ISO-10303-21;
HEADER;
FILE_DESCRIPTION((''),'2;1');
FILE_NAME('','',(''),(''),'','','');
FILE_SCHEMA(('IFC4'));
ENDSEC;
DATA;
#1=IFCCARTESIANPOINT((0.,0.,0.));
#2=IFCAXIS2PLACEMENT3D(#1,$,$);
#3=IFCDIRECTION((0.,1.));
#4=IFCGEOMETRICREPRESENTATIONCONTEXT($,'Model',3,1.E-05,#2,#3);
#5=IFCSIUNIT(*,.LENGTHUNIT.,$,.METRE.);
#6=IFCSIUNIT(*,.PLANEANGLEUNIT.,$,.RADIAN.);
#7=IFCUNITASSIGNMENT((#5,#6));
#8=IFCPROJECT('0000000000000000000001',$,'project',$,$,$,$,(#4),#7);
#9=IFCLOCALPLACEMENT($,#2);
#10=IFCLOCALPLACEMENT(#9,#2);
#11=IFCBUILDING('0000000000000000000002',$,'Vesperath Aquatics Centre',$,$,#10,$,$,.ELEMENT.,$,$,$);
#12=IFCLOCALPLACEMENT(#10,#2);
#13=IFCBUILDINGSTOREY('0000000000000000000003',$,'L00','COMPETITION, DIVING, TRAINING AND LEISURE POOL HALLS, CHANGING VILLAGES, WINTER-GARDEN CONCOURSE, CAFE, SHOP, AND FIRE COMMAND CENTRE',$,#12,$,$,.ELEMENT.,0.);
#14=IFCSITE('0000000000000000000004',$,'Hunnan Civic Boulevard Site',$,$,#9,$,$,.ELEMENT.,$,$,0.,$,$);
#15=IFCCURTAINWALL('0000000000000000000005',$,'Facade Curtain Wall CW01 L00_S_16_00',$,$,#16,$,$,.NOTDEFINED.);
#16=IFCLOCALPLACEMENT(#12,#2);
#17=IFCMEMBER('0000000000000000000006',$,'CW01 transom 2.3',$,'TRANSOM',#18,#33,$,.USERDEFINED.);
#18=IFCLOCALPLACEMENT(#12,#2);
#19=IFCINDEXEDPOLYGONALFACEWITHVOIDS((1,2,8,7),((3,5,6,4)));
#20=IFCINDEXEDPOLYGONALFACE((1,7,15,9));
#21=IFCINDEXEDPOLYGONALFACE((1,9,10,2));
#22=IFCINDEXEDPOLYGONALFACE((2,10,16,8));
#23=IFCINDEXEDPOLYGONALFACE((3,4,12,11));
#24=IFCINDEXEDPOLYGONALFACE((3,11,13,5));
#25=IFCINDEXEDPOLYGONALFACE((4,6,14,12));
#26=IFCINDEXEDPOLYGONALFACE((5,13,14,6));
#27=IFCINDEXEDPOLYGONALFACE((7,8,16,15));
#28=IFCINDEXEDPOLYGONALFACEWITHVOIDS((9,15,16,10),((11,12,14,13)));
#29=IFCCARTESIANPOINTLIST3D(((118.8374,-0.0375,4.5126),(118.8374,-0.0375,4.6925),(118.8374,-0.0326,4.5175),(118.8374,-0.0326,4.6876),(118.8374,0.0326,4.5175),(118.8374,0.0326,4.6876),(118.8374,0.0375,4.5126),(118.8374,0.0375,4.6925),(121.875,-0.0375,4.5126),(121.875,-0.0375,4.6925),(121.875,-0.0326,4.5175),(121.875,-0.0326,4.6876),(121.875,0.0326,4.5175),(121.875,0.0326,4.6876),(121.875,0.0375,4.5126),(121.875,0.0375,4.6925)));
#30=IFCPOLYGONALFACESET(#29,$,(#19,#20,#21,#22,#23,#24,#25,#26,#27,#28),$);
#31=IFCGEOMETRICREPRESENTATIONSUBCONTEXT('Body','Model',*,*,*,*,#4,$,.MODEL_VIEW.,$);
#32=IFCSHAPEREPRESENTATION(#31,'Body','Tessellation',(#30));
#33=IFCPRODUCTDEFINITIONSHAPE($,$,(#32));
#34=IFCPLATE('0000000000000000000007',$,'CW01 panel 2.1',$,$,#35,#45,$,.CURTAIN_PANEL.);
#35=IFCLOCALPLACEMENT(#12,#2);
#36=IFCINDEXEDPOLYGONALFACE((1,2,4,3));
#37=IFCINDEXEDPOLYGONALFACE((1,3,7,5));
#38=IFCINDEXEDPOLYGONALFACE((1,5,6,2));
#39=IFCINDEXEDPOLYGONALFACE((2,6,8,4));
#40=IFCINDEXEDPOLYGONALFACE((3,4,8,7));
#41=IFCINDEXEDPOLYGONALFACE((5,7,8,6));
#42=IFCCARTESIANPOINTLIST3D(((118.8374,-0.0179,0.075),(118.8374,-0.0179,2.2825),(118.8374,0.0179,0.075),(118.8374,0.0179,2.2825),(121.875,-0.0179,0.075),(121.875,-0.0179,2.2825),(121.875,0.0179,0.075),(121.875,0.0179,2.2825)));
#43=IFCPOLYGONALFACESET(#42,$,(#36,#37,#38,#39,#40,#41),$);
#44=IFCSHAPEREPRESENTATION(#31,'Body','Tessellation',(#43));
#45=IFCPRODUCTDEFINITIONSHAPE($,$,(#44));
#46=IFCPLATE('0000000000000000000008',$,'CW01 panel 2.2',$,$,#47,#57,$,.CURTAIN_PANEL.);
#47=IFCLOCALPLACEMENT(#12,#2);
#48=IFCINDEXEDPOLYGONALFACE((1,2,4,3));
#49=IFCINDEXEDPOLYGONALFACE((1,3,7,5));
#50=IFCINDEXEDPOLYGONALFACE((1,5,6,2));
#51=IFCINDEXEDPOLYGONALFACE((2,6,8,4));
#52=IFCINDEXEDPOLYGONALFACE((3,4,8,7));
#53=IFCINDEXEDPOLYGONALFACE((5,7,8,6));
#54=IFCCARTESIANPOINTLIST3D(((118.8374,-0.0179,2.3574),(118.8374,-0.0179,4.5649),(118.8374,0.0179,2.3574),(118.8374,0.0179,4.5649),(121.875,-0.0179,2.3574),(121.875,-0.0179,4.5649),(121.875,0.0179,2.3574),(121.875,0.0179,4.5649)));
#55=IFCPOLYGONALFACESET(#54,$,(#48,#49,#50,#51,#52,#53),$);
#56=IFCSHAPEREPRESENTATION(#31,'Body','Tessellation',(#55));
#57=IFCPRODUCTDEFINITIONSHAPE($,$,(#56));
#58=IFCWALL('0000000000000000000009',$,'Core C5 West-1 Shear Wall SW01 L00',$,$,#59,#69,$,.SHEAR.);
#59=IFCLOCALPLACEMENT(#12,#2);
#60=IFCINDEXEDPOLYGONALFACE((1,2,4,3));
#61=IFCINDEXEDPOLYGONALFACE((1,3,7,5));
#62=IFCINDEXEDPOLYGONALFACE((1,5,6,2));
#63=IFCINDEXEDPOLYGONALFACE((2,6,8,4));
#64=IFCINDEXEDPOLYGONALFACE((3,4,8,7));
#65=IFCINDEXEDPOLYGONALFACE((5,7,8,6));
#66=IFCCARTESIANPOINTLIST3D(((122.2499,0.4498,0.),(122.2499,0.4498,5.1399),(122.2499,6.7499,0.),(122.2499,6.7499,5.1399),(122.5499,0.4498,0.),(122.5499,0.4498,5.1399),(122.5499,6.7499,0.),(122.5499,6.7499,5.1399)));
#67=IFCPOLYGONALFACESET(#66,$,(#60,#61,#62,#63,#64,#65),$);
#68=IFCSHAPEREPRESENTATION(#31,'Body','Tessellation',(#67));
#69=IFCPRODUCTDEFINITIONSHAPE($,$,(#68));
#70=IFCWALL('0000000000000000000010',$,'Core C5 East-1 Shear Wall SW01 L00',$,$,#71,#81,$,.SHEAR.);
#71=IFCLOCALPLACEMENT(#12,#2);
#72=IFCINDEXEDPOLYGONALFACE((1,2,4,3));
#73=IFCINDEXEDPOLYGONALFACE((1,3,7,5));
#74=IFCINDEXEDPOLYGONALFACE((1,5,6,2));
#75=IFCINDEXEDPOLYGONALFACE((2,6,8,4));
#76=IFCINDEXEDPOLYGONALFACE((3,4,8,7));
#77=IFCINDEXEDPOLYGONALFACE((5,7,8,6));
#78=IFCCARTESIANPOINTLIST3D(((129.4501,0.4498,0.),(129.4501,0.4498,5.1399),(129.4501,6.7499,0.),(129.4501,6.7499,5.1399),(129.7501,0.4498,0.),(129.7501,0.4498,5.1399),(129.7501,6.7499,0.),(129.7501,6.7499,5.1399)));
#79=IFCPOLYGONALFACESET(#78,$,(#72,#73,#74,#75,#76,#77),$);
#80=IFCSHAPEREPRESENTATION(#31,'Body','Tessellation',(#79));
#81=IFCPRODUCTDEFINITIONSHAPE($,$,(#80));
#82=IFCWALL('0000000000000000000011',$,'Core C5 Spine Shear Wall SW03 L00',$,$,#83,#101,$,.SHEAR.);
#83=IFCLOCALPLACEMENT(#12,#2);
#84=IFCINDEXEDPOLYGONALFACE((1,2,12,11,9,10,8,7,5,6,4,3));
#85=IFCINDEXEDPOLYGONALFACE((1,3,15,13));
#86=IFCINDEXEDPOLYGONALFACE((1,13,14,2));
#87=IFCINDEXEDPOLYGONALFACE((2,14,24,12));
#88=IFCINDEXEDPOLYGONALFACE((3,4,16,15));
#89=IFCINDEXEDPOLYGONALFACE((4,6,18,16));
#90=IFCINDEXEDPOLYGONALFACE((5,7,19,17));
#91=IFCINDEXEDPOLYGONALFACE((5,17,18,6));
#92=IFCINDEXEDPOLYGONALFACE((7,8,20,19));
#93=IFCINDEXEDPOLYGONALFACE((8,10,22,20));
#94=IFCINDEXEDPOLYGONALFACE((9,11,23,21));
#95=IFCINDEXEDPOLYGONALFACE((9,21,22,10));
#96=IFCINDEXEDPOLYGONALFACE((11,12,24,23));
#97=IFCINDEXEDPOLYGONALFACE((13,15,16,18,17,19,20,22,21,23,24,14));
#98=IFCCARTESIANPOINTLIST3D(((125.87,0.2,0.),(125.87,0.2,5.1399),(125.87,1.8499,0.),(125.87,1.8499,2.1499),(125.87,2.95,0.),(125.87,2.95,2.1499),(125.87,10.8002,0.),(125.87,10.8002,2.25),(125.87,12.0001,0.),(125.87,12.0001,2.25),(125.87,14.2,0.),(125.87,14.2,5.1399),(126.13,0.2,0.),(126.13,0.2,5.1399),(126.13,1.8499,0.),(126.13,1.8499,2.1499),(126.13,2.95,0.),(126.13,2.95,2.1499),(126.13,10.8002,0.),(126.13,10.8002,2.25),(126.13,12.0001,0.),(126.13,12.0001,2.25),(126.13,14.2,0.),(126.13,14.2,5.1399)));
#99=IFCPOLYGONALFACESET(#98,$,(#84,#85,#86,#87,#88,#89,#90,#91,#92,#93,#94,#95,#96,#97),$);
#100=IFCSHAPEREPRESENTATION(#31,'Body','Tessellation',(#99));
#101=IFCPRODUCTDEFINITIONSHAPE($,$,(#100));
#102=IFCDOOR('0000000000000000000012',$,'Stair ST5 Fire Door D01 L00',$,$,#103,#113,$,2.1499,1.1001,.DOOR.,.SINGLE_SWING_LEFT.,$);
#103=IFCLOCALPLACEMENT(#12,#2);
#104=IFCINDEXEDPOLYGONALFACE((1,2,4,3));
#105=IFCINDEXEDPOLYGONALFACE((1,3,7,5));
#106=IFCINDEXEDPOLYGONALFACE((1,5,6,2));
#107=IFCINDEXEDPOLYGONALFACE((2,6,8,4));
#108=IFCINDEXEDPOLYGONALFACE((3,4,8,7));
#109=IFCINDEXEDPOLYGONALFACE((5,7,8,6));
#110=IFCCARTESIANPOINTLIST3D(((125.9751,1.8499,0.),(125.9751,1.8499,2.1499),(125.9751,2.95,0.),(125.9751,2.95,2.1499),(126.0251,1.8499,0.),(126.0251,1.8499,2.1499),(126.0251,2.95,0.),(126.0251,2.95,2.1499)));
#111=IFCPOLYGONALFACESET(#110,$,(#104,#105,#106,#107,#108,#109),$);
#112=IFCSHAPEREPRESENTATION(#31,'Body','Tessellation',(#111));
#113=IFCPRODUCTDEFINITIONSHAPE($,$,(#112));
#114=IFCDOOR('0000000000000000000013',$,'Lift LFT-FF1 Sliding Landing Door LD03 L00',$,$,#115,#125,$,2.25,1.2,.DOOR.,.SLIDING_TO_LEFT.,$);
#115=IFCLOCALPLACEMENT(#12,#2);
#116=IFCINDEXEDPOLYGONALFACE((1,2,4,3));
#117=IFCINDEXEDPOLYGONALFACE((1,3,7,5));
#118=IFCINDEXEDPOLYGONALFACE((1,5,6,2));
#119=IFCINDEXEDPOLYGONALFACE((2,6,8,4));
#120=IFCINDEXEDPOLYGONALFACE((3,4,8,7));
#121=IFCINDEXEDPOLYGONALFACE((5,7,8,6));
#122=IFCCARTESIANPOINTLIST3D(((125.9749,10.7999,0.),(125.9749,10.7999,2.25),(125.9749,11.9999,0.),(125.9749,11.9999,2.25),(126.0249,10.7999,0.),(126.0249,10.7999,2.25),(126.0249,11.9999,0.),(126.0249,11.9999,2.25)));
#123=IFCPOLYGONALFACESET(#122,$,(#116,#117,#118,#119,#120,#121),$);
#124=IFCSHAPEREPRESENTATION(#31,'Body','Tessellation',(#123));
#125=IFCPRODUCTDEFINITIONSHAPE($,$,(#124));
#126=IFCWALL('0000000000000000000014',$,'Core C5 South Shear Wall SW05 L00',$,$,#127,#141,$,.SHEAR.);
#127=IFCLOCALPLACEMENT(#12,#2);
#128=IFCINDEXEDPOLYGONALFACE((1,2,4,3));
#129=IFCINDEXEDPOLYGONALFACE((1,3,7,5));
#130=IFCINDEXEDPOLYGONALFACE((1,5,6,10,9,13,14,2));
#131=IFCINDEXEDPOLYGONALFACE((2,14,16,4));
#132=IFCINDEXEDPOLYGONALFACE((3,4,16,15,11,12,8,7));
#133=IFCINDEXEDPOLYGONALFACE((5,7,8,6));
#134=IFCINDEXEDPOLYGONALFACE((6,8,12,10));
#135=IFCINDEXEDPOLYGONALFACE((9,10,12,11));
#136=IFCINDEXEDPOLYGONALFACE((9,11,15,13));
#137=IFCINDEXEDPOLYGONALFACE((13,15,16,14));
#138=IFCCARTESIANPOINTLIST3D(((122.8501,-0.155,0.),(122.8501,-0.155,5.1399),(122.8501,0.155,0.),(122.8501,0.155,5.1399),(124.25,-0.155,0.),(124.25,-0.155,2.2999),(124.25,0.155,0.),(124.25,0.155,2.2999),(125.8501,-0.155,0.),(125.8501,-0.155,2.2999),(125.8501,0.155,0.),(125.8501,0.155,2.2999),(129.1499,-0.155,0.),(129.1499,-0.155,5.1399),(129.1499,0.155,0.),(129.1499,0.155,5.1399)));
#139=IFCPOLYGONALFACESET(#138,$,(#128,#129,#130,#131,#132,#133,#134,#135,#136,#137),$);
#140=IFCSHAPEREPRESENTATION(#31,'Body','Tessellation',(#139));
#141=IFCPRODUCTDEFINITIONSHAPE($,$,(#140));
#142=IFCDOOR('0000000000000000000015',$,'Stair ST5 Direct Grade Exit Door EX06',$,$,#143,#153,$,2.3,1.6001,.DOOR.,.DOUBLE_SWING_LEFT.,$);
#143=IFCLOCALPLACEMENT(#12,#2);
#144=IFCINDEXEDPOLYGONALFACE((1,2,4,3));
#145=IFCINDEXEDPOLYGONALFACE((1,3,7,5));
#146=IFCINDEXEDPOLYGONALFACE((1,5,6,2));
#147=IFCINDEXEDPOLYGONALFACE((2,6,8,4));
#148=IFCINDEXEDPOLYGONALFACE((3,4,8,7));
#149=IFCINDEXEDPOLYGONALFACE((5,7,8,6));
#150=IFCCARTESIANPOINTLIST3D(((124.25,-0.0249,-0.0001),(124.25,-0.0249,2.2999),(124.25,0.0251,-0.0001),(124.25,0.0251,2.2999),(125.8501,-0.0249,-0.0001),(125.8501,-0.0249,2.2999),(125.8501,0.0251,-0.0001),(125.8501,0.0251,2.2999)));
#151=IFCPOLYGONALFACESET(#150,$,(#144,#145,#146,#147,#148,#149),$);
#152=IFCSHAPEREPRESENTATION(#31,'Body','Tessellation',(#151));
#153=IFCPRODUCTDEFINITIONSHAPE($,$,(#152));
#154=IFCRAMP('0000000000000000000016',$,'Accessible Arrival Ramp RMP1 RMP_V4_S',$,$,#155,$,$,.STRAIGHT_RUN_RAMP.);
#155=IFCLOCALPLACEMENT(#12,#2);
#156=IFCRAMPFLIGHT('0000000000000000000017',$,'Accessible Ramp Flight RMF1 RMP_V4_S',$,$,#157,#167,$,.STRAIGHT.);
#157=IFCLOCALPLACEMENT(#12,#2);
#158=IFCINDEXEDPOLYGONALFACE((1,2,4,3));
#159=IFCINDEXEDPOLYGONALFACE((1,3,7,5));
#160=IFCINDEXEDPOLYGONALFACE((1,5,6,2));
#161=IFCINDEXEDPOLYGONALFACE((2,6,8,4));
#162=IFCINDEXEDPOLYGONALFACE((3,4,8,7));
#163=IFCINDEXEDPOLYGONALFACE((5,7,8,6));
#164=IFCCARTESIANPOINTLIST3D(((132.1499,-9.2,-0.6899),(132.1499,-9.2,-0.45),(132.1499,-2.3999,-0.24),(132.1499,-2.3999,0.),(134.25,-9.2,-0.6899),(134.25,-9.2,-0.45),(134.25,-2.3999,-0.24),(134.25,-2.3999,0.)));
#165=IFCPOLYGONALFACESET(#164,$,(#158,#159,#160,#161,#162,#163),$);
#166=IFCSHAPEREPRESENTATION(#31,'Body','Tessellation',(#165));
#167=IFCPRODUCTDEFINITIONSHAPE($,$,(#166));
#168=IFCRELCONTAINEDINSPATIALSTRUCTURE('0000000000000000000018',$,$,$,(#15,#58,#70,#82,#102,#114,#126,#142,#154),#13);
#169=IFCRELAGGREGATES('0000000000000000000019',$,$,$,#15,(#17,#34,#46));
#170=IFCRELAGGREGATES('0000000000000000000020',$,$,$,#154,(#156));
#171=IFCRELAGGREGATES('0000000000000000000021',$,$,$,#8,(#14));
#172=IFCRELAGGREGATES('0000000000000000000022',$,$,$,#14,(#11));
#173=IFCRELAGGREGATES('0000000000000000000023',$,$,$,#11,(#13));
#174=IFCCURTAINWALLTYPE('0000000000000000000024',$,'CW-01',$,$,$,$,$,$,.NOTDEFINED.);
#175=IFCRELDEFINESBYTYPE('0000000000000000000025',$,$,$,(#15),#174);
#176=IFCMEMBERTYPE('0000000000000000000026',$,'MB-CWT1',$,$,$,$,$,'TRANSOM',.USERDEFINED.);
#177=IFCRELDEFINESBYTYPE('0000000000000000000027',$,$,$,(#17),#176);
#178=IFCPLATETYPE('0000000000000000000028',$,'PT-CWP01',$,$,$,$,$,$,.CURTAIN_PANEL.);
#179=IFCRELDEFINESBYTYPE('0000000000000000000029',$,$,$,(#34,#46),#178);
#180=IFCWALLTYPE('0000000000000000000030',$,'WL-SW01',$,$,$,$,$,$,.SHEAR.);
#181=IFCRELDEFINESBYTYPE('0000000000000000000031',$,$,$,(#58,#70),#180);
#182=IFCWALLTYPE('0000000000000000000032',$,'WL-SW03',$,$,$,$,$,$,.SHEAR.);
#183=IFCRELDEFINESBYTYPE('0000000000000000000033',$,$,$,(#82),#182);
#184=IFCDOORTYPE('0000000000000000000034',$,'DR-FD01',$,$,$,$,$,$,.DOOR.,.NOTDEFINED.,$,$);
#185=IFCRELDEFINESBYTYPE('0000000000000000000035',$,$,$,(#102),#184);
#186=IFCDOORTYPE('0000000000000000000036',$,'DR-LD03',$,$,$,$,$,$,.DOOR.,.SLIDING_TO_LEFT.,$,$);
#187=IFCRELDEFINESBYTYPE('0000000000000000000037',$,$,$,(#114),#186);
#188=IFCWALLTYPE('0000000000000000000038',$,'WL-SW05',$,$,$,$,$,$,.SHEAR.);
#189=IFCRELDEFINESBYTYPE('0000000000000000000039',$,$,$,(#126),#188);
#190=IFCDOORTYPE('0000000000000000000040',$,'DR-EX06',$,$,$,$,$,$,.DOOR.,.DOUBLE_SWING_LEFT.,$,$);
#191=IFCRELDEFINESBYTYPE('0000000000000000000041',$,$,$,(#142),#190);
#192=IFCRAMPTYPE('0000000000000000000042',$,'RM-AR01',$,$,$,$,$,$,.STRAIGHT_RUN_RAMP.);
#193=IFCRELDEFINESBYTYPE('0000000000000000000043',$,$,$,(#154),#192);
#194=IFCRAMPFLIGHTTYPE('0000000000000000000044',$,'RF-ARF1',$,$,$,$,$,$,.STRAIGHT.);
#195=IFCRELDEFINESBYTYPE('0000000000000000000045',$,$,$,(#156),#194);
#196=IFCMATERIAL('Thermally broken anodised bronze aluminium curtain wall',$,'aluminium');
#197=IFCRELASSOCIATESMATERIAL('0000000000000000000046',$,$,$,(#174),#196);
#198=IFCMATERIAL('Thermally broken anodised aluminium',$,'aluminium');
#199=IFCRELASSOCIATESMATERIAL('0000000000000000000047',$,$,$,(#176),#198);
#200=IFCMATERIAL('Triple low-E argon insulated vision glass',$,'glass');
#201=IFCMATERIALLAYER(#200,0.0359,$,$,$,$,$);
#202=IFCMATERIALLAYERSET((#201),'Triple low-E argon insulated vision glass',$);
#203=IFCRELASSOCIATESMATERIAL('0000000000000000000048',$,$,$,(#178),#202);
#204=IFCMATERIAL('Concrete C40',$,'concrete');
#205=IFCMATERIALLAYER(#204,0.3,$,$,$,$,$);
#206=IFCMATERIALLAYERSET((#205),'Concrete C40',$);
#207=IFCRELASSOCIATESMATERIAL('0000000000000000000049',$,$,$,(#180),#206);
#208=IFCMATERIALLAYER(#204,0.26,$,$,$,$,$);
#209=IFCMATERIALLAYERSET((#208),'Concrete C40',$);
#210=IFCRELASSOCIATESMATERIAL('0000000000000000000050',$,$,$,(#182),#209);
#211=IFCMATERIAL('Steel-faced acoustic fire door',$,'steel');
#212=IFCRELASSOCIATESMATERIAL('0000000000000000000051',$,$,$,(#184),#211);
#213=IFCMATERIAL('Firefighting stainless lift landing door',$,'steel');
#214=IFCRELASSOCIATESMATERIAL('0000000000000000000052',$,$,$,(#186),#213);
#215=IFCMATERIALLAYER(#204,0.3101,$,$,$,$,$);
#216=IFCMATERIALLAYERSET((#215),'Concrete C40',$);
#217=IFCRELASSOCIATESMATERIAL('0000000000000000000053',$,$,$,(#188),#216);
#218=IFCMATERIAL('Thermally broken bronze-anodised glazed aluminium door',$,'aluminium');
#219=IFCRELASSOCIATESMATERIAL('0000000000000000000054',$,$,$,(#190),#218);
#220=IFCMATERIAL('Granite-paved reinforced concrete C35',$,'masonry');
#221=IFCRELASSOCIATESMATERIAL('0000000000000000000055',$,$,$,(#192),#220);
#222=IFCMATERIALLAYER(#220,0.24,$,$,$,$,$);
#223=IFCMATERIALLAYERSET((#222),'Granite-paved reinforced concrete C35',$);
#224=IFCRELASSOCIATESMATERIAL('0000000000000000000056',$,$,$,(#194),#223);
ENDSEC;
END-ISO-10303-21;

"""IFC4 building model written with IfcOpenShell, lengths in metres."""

from ifc_helpers import new_model, si_unit, direction, frame, frame_2d, origin, origin_2d, place, context, subcontext, project, spatial, polyline, rectangle, hollow_rectangle, outline, extrude, material, layer, layer_set, material_profile, profile_set, type_object, element, fill, aggregate, save


model = new_model("IFC4")

# Units and contexts
model_context = context("Model", 3, precision=1e-05, world=origin(), true_north=direction((0.0, 1.0)))
body_context = subcontext(model_context, "Body", "Model", "MODEL_VIEW")
ifc_project = project(units=[si_unit("LENGTHUNIT", "METRE"), si_unit("PLANEANGLEUNIT", "RADIAN")], contexts=[model_context])

# Site, building, storey
site_placement = place(None, origin())
site = spatial("IfcSite", under=ifc_project, at=site_placement, Name="Hunnan Civic Boulevard Site", CompositionType="ELEMENT", RefElevation=0.0)
building_placement = place(site_placement, origin())
building = spatial("IfcBuilding", under=site, at=building_placement, Name="Vesperath Aquatics Centre", CompositionType="ELEMENT")
storey_placement = place(building_placement, origin())
storey = spatial("IfcBuildingStorey", under=building, at=storey_placement, Name="L00", Description="COMPETITION, DIVING, TRAINING AND LEISURE POOL HALLS, CHANGING VILLAGES, WINTER-GARDEN CONCOURSE, CAFE, SHOP, AND FIRE COMMAND CENTRE", CompositionType="ELEMENT", Elevation=0.0)

# Shared definitions
ifc_material_1 = material(Name="Concrete C40", Category="concrete")

# Curtain wall, member, plates
ifc_material_2 = material(Name="Thermally broken anodised bronze aluminium curtain wall", Category="aluminium")
curtain_wall_type = type_object("IfcCurtainWallType", Name="CW-01", PredefinedType="NOTDEFINED", material=ifc_material_2)
curtain_wall_placement = place(storey_placement, origin())
curtain_wall = element("IfcCurtainWall", 1, at=curtain_wall_placement, inside=storey, type_object=curtain_wall_type, Name="Facade Curtain Wall CW01 L00_S_16_00", PredefinedType="NOTDEFINED")
ifc_material_3 = material(Name="Thermally broken anodised aluminium", Category="aluminium")
ifc_material_profile_1 = material_profile(ifc_material_3, hollow_rectangle(XDim=0.075, YDim=0.1799, WallThickness=0.0049, at=origin_2d()), Name="CWT 75x180x5")
ifc_profile_set_1 = profile_set([ifc_material_profile_1], Name="Thermally broken anodised aluminium")
member_type_1 = type_object("IfcMemberType", Name="MB-CWT1", ElementType="TRANSOM", PredefinedType="USERDEFINED", material=ifc_profile_set_1)
member_1_placement = place(storey_placement, frame((118.8374, 0.0, 4.6025), z_axis=(1.0, 0.0, 0.0), x_axis=(0.0, 1.0, 0.0)))
member_1 = element("IfcMember", 2, at=member_1_placement, type_object=member_type_1, Name="CW01 transom 2.3", ObjectType="TRANSOM", PredefinedType="USERDEFINED", context=body_context, shape_type="SweptSolid", body=[
    extrude(hollow_rectangle(XDim=0.075, YDim=0.1799, WallThickness=0.0049, at=origin_2d()), origin(), (0.0, 0.0, 1.0), 3.0376),
])
ifc_material_4 = material(Name="Triple low-E argon insulated vision glass", Category="glass")
ifc_layer_1 = layer(ifc_material_4, 0.0359)
ifc_layer_set_1 = layer_set([ifc_layer_1], Name="Triple low-E argon insulated vision glass")
plate_type = type_object("IfcPlateType", Name="PT-CWP01", PredefinedType="CURTAIN_PANEL", material=ifc_layer_set_1)
plate_1_placement = place(storey_placement, frame((120.3562, 0.0, 0.075), z_axis=(0.0, 0.0, 1.0), x_axis=(1.0, 0.0, 0.0)))
plate_1 = element("IfcPlate", 3, at=plate_1_placement, type_object=plate_type, Name="CW01 panel 2.1", PredefinedType="CURTAIN_PANEL", context=body_context, shape_type="SweptSolid", body=[
    extrude(rectangle(XDim=3.0376, YDim=0.0359, at=origin_2d()), origin(), (0.0, 0.0, 1.0), 2.2075),
])
plate_2_placement = place(storey_placement, frame((120.3562, 0.0, 2.3574), z_axis=(0.0, 0.0, 1.0), x_axis=(1.0, 0.0, 0.0)))
plate_2 = element("IfcPlate", 4, at=plate_2_placement, type_object=plate_type, Name="CW01 panel 2.2", PredefinedType="CURTAIN_PANEL", context=body_context, shape_type="SweptSolid", body=[
    extrude(rectangle(XDim=3.0376, YDim=0.0359, at=origin_2d()), origin(), (0.0, 0.0, 1.0), 2.2075),
])
aggregate(curtain_wall, [member_1, plate_1, plate_2])

# Shared definitions
ifc_material_5 = material(Name="Thermally broken bronze-anodised glazed aluminium door", Category="aluminium")

# Walls
ifc_layer_2 = layer(ifc_material_1, 0.3)
ifc_layer_set_2 = layer_set([ifc_layer_2], Name="Concrete C40")
wall_type_1 = type_object("IfcWallType", Name="WL-SW01", PredefinedType="SHEAR", material=ifc_layer_set_2)
for number, where, z_axis, x_axis, name in (
    (5, (122.3999, 0.45, 0.0), (0.0, 0.0, 1.0), (0.0, 1.0, 0.0), "Core C5 West-1 Shear Wall SW01 L00"),
    (6, (129.6001, 0.45, 0.0), (0.0, 0.0, 1.0), (0.0, 1.0, 0.0), "Core C5 East-1 Shear Wall SW01 L00"),
):
    element("IfcWall", number, at=place(storey_placement, frame(where, z_axis=z_axis, x_axis=x_axis)), inside=storey, type_object=wall_type_1, Name=name, PredefinedType="SHEAR", context=body_context, shape_type="SweptSolid", body=[
        extrude(rectangle(XDim=6.3, YDim=0.3, at=frame_2d((3.1499, 0.0))), origin(), (0.0, 0.0, 1.0), 5.1399),
    ])

# Wall, openings, doors
ifc_layer_3 = layer(ifc_material_1, 0.26)
ifc_layer_set_3 = layer_set([ifc_layer_3], Name="Concrete C40")
wall_type_2 = type_object("IfcWallType", Name="WL-SW03", PredefinedType="SHEAR", material=ifc_layer_set_3)
wall_1_placement = place(storey_placement, frame((126.0, 0.2, 0.0), z_axis=(0.0, 0.0, 1.0), x_axis=(0.0, 1.0, 0.0)))
wall_1 = element("IfcWall", 7, at=wall_1_placement, inside=storey, type_object=wall_type_2, Name="Core C5 Spine Shear Wall SW03 L00", PredefinedType="SHEAR", context=body_context, shape_type="SweptSolid", body=[
    extrude(rectangle(XDim=14.0, YDim=0.26, at=frame_2d((7.0, 0.0))), origin(), (0.0, 0.0, 1.0), 5.1399),
])
opening_1_placement = place(wall_1_placement, frame((1.6499, 0.0, 0.0)))
opening_1 = element("IfcOpeningElement", 8, at=opening_1_placement, cuts=wall_1, PredefinedType="OPENING", context=body_context, shape_type="SweptSolid", body=[
    extrude(rectangle(XDim=1.1001, YDim=2.1499, at=frame_2d((0.55, 1.075))), frame((0.0, 0.145, 0.0), z_axis=(0.0, -1.0, 0.0), x_axis=(1.0, 0.0, 0.0)), (0.0, 0.0, 1.0), 0.2898),
])
opening_2_placement = place(wall_1_placement, frame((10.6001, 0.0, 0.0)))
opening_2 = element("IfcOpeningElement", 9, at=opening_2_placement, cuts=wall_1, PredefinedType="OPENING", context=body_context, shape_type="SweptSolid", body=[
    extrude(rectangle(XDim=1.2, YDim=2.25, at=frame_2d((0.6001, 1.125))), frame((0.0, 0.145, 0.0), z_axis=(0.0, -1.0, 0.0), x_axis=(1.0, 0.0, 0.0)), (0.0, 0.0, 1.0), 0.2898),
])
ifc_material_6 = material(Name="Steel-faced acoustic fire door", Category="steel")
door_type_1 = type_object("IfcDoorType", Name="DR-FD01", OperationType="NOTDEFINED", PredefinedType="DOOR", material=ifc_material_6)
door_1_placement = place(opening_1_placement, origin())
door_1 = element("IfcDoor", 10, at=door_1_placement, inside=storey, type_object=door_type_1, Name="Stair ST5 Fire Door D01 L00", OperationType="SINGLE_SWING_LEFT", OverallHeight=2.1499, OverallWidth=1.1001, PredefinedType="DOOR", context=body_context, shape_type="SweptSolid", body=[
    extrude(rectangle(XDim=1.1001, YDim=2.1499, at=frame_2d((0.55, 1.075))), frame((0.0, 0.0249, 0.0), z_axis=(0.0, -1.0, 0.0), x_axis=(1.0, 0.0, 0.0)), (0.0, 0.0, 1.0), 0.05),
])
fill(opening_1, door_1)
ifc_material_7 = material(Name="Firefighting stainless lift landing door", Category="steel")
door_type_2 = type_object("IfcDoorType", Name="DR-LD03", OperationType="SLIDING_TO_LEFT", PredefinedType="DOOR", material=ifc_material_7)
door_2_placement = place(opening_2_placement, frame((1.2, 0.0, 0.0), z_axis=(0.0, 0.0, 1.0), x_axis=(-1.0, 0.0, 0.0)))
door_2 = element("IfcDoor", 11, at=door_2_placement, inside=storey, type_object=door_type_2, Name="Lift LFT-FF1 Sliding Landing Door LD03 L00", OperationType="SLIDING_TO_LEFT", OverallHeight=2.25, OverallWidth=1.2, PredefinedType="DOOR", context=body_context, shape_type="SweptSolid", body=[
    extrude(rectangle(XDim=1.2, YDim=2.25, at=frame_2d((0.6001, 1.125))), frame((0.0, 0.0249, 0.0), z_axis=(0.0, -1.0, 0.0), x_axis=(1.0, 0.0, 0.0)), (0.0, 0.0, 1.0), 0.05),
])
fill(opening_2, door_2)

# Wall, opening, door
ifc_layer_4 = layer(ifc_material_1, 0.3101)
ifc_layer_set_4 = layer_set([ifc_layer_4], Name="Concrete C40")
wall_type_3 = type_object("IfcWallType", Name="WL-SW05", PredefinedType="SHEAR", material=ifc_layer_set_4)
wall_2_placement = place(storey_placement, frame((122.8501, 0.0, 0.0), z_axis=(0.0, 0.0, 1.0), x_axis=(1.0, 0.0, 0.0)))
wall_2 = element("IfcWall", 12, at=wall_2_placement, inside=storey, type_object=wall_type_3, Name="Core C5 South Shear Wall SW05 L00", PredefinedType="SHEAR", context=body_context, shape_type="SweptSolid", body=[
    extrude(rectangle(XDim=6.2998, YDim=0.3101, at=frame_2d((3.1499, 0.0))), origin(), (0.0, 0.0, 1.0), 5.1399),
])
opening_3_placement = place(wall_2_placement, frame((1.3999, 0.0, 0.0)))
opening_3 = element("IfcOpeningElement", 13, at=opening_3_placement, cuts=wall_2, PredefinedType="OPENING", context=body_context, shape_type="SweptSolid", body=[
    extrude(rectangle(XDim=1.6001, YDim=2.3, at=frame_2d((0.8, 1.1499))), frame((0.0, 0.1699, 0.0), z_axis=(0.0, -1.0, 0.0), x_axis=(1.0, 0.0, 0.0)), (0.0, 0.0, 1.0), 0.3398),
])
door_type_3 = type_object("IfcDoorType", Name="DR-EX06", OperationType="DOUBLE_SWING_LEFT", PredefinedType="DOOR", material=ifc_material_5)
door_3_placement = place(opening_3_placement, frame((1.6001, 0.0, 0.0), z_axis=(0.0, 0.0, 1.0), x_axis=(-1.0, 0.0, 0.0)))
door_3 = element("IfcDoor", 14, at=door_3_placement, inside=storey, type_object=door_type_3, Name="Stair ST5 Direct Grade Exit Door EX06", OperationType="DOUBLE_SWING_LEFT", OverallHeight=2.3, OverallWidth=1.6001, PredefinedType="DOOR", context=body_context, shape_type="SweptSolid", body=[
    extrude(rectangle(XDim=1.6001, YDim=2.3, at=frame_2d((0.8, 1.1499))), frame((0.0, 0.0249, 0.0), z_axis=(0.0, -1.0, 0.0), x_axis=(1.0, 0.0, 0.0)), (0.0, 0.0, 1.0), 0.05),
])
fill(opening_3, door_3)

# Ramp, ramp flight
ifc_material_8 = material(Name="Granite-paved reinforced concrete C35", Category="masonry")
ramp_type = type_object("IfcRampType", Name="RM-AR01", PredefinedType="STRAIGHT_RUN_RAMP", material=ifc_material_8)
ramp_placement = place(storey_placement, origin())
ramp = element("IfcRamp", 15, at=ramp_placement, inside=storey, type_object=ramp_type, Name="Accessible Arrival Ramp RMP1 RMP_V4_S", PredefinedType="STRAIGHT_RUN_RAMP")
ifc_layer_5 = layer(ifc_material_8, 0.24)
ifc_layer_set_5 = layer_set([ifc_layer_5], Name="Granite-paved reinforced concrete C35")
ramp_flight_type = type_object("IfcRampFlightType", Name="RF-ARF1", PredefinedType="STRAIGHT", material=ifc_layer_set_5)
ramp_flight_placement = place(storey_placement, frame((133.2, -9.2, -0.45), z_axis=(0.0, 0.0, 1.0), x_axis=(0.0, 1.0, 0.0)))
ramp_flight = element("IfcRampFlight", 16, at=ramp_flight_placement, type_object=ramp_flight_type, Name="Accessible Ramp Flight RMF1 RMP_V4_S", PredefinedType="STRAIGHT", context=body_context, shape_type="SweptSolid", body=[
    extrude(outline(polyline([(0.0, -0.24), (6.8, 0.21), (6.8, 0.45), (0.0, 0.0), (0.0, -0.24)])), frame((0.0, 1.05, 0.0), z_axis=(0.0, -1.0, 0.0), x_axis=(1.0, 0.0, 0.0)), (0.0, 0.0, 1.0), 2.1001),
])
aggregate(ramp, [ramp_flight])

save(model, "model.ifc")
